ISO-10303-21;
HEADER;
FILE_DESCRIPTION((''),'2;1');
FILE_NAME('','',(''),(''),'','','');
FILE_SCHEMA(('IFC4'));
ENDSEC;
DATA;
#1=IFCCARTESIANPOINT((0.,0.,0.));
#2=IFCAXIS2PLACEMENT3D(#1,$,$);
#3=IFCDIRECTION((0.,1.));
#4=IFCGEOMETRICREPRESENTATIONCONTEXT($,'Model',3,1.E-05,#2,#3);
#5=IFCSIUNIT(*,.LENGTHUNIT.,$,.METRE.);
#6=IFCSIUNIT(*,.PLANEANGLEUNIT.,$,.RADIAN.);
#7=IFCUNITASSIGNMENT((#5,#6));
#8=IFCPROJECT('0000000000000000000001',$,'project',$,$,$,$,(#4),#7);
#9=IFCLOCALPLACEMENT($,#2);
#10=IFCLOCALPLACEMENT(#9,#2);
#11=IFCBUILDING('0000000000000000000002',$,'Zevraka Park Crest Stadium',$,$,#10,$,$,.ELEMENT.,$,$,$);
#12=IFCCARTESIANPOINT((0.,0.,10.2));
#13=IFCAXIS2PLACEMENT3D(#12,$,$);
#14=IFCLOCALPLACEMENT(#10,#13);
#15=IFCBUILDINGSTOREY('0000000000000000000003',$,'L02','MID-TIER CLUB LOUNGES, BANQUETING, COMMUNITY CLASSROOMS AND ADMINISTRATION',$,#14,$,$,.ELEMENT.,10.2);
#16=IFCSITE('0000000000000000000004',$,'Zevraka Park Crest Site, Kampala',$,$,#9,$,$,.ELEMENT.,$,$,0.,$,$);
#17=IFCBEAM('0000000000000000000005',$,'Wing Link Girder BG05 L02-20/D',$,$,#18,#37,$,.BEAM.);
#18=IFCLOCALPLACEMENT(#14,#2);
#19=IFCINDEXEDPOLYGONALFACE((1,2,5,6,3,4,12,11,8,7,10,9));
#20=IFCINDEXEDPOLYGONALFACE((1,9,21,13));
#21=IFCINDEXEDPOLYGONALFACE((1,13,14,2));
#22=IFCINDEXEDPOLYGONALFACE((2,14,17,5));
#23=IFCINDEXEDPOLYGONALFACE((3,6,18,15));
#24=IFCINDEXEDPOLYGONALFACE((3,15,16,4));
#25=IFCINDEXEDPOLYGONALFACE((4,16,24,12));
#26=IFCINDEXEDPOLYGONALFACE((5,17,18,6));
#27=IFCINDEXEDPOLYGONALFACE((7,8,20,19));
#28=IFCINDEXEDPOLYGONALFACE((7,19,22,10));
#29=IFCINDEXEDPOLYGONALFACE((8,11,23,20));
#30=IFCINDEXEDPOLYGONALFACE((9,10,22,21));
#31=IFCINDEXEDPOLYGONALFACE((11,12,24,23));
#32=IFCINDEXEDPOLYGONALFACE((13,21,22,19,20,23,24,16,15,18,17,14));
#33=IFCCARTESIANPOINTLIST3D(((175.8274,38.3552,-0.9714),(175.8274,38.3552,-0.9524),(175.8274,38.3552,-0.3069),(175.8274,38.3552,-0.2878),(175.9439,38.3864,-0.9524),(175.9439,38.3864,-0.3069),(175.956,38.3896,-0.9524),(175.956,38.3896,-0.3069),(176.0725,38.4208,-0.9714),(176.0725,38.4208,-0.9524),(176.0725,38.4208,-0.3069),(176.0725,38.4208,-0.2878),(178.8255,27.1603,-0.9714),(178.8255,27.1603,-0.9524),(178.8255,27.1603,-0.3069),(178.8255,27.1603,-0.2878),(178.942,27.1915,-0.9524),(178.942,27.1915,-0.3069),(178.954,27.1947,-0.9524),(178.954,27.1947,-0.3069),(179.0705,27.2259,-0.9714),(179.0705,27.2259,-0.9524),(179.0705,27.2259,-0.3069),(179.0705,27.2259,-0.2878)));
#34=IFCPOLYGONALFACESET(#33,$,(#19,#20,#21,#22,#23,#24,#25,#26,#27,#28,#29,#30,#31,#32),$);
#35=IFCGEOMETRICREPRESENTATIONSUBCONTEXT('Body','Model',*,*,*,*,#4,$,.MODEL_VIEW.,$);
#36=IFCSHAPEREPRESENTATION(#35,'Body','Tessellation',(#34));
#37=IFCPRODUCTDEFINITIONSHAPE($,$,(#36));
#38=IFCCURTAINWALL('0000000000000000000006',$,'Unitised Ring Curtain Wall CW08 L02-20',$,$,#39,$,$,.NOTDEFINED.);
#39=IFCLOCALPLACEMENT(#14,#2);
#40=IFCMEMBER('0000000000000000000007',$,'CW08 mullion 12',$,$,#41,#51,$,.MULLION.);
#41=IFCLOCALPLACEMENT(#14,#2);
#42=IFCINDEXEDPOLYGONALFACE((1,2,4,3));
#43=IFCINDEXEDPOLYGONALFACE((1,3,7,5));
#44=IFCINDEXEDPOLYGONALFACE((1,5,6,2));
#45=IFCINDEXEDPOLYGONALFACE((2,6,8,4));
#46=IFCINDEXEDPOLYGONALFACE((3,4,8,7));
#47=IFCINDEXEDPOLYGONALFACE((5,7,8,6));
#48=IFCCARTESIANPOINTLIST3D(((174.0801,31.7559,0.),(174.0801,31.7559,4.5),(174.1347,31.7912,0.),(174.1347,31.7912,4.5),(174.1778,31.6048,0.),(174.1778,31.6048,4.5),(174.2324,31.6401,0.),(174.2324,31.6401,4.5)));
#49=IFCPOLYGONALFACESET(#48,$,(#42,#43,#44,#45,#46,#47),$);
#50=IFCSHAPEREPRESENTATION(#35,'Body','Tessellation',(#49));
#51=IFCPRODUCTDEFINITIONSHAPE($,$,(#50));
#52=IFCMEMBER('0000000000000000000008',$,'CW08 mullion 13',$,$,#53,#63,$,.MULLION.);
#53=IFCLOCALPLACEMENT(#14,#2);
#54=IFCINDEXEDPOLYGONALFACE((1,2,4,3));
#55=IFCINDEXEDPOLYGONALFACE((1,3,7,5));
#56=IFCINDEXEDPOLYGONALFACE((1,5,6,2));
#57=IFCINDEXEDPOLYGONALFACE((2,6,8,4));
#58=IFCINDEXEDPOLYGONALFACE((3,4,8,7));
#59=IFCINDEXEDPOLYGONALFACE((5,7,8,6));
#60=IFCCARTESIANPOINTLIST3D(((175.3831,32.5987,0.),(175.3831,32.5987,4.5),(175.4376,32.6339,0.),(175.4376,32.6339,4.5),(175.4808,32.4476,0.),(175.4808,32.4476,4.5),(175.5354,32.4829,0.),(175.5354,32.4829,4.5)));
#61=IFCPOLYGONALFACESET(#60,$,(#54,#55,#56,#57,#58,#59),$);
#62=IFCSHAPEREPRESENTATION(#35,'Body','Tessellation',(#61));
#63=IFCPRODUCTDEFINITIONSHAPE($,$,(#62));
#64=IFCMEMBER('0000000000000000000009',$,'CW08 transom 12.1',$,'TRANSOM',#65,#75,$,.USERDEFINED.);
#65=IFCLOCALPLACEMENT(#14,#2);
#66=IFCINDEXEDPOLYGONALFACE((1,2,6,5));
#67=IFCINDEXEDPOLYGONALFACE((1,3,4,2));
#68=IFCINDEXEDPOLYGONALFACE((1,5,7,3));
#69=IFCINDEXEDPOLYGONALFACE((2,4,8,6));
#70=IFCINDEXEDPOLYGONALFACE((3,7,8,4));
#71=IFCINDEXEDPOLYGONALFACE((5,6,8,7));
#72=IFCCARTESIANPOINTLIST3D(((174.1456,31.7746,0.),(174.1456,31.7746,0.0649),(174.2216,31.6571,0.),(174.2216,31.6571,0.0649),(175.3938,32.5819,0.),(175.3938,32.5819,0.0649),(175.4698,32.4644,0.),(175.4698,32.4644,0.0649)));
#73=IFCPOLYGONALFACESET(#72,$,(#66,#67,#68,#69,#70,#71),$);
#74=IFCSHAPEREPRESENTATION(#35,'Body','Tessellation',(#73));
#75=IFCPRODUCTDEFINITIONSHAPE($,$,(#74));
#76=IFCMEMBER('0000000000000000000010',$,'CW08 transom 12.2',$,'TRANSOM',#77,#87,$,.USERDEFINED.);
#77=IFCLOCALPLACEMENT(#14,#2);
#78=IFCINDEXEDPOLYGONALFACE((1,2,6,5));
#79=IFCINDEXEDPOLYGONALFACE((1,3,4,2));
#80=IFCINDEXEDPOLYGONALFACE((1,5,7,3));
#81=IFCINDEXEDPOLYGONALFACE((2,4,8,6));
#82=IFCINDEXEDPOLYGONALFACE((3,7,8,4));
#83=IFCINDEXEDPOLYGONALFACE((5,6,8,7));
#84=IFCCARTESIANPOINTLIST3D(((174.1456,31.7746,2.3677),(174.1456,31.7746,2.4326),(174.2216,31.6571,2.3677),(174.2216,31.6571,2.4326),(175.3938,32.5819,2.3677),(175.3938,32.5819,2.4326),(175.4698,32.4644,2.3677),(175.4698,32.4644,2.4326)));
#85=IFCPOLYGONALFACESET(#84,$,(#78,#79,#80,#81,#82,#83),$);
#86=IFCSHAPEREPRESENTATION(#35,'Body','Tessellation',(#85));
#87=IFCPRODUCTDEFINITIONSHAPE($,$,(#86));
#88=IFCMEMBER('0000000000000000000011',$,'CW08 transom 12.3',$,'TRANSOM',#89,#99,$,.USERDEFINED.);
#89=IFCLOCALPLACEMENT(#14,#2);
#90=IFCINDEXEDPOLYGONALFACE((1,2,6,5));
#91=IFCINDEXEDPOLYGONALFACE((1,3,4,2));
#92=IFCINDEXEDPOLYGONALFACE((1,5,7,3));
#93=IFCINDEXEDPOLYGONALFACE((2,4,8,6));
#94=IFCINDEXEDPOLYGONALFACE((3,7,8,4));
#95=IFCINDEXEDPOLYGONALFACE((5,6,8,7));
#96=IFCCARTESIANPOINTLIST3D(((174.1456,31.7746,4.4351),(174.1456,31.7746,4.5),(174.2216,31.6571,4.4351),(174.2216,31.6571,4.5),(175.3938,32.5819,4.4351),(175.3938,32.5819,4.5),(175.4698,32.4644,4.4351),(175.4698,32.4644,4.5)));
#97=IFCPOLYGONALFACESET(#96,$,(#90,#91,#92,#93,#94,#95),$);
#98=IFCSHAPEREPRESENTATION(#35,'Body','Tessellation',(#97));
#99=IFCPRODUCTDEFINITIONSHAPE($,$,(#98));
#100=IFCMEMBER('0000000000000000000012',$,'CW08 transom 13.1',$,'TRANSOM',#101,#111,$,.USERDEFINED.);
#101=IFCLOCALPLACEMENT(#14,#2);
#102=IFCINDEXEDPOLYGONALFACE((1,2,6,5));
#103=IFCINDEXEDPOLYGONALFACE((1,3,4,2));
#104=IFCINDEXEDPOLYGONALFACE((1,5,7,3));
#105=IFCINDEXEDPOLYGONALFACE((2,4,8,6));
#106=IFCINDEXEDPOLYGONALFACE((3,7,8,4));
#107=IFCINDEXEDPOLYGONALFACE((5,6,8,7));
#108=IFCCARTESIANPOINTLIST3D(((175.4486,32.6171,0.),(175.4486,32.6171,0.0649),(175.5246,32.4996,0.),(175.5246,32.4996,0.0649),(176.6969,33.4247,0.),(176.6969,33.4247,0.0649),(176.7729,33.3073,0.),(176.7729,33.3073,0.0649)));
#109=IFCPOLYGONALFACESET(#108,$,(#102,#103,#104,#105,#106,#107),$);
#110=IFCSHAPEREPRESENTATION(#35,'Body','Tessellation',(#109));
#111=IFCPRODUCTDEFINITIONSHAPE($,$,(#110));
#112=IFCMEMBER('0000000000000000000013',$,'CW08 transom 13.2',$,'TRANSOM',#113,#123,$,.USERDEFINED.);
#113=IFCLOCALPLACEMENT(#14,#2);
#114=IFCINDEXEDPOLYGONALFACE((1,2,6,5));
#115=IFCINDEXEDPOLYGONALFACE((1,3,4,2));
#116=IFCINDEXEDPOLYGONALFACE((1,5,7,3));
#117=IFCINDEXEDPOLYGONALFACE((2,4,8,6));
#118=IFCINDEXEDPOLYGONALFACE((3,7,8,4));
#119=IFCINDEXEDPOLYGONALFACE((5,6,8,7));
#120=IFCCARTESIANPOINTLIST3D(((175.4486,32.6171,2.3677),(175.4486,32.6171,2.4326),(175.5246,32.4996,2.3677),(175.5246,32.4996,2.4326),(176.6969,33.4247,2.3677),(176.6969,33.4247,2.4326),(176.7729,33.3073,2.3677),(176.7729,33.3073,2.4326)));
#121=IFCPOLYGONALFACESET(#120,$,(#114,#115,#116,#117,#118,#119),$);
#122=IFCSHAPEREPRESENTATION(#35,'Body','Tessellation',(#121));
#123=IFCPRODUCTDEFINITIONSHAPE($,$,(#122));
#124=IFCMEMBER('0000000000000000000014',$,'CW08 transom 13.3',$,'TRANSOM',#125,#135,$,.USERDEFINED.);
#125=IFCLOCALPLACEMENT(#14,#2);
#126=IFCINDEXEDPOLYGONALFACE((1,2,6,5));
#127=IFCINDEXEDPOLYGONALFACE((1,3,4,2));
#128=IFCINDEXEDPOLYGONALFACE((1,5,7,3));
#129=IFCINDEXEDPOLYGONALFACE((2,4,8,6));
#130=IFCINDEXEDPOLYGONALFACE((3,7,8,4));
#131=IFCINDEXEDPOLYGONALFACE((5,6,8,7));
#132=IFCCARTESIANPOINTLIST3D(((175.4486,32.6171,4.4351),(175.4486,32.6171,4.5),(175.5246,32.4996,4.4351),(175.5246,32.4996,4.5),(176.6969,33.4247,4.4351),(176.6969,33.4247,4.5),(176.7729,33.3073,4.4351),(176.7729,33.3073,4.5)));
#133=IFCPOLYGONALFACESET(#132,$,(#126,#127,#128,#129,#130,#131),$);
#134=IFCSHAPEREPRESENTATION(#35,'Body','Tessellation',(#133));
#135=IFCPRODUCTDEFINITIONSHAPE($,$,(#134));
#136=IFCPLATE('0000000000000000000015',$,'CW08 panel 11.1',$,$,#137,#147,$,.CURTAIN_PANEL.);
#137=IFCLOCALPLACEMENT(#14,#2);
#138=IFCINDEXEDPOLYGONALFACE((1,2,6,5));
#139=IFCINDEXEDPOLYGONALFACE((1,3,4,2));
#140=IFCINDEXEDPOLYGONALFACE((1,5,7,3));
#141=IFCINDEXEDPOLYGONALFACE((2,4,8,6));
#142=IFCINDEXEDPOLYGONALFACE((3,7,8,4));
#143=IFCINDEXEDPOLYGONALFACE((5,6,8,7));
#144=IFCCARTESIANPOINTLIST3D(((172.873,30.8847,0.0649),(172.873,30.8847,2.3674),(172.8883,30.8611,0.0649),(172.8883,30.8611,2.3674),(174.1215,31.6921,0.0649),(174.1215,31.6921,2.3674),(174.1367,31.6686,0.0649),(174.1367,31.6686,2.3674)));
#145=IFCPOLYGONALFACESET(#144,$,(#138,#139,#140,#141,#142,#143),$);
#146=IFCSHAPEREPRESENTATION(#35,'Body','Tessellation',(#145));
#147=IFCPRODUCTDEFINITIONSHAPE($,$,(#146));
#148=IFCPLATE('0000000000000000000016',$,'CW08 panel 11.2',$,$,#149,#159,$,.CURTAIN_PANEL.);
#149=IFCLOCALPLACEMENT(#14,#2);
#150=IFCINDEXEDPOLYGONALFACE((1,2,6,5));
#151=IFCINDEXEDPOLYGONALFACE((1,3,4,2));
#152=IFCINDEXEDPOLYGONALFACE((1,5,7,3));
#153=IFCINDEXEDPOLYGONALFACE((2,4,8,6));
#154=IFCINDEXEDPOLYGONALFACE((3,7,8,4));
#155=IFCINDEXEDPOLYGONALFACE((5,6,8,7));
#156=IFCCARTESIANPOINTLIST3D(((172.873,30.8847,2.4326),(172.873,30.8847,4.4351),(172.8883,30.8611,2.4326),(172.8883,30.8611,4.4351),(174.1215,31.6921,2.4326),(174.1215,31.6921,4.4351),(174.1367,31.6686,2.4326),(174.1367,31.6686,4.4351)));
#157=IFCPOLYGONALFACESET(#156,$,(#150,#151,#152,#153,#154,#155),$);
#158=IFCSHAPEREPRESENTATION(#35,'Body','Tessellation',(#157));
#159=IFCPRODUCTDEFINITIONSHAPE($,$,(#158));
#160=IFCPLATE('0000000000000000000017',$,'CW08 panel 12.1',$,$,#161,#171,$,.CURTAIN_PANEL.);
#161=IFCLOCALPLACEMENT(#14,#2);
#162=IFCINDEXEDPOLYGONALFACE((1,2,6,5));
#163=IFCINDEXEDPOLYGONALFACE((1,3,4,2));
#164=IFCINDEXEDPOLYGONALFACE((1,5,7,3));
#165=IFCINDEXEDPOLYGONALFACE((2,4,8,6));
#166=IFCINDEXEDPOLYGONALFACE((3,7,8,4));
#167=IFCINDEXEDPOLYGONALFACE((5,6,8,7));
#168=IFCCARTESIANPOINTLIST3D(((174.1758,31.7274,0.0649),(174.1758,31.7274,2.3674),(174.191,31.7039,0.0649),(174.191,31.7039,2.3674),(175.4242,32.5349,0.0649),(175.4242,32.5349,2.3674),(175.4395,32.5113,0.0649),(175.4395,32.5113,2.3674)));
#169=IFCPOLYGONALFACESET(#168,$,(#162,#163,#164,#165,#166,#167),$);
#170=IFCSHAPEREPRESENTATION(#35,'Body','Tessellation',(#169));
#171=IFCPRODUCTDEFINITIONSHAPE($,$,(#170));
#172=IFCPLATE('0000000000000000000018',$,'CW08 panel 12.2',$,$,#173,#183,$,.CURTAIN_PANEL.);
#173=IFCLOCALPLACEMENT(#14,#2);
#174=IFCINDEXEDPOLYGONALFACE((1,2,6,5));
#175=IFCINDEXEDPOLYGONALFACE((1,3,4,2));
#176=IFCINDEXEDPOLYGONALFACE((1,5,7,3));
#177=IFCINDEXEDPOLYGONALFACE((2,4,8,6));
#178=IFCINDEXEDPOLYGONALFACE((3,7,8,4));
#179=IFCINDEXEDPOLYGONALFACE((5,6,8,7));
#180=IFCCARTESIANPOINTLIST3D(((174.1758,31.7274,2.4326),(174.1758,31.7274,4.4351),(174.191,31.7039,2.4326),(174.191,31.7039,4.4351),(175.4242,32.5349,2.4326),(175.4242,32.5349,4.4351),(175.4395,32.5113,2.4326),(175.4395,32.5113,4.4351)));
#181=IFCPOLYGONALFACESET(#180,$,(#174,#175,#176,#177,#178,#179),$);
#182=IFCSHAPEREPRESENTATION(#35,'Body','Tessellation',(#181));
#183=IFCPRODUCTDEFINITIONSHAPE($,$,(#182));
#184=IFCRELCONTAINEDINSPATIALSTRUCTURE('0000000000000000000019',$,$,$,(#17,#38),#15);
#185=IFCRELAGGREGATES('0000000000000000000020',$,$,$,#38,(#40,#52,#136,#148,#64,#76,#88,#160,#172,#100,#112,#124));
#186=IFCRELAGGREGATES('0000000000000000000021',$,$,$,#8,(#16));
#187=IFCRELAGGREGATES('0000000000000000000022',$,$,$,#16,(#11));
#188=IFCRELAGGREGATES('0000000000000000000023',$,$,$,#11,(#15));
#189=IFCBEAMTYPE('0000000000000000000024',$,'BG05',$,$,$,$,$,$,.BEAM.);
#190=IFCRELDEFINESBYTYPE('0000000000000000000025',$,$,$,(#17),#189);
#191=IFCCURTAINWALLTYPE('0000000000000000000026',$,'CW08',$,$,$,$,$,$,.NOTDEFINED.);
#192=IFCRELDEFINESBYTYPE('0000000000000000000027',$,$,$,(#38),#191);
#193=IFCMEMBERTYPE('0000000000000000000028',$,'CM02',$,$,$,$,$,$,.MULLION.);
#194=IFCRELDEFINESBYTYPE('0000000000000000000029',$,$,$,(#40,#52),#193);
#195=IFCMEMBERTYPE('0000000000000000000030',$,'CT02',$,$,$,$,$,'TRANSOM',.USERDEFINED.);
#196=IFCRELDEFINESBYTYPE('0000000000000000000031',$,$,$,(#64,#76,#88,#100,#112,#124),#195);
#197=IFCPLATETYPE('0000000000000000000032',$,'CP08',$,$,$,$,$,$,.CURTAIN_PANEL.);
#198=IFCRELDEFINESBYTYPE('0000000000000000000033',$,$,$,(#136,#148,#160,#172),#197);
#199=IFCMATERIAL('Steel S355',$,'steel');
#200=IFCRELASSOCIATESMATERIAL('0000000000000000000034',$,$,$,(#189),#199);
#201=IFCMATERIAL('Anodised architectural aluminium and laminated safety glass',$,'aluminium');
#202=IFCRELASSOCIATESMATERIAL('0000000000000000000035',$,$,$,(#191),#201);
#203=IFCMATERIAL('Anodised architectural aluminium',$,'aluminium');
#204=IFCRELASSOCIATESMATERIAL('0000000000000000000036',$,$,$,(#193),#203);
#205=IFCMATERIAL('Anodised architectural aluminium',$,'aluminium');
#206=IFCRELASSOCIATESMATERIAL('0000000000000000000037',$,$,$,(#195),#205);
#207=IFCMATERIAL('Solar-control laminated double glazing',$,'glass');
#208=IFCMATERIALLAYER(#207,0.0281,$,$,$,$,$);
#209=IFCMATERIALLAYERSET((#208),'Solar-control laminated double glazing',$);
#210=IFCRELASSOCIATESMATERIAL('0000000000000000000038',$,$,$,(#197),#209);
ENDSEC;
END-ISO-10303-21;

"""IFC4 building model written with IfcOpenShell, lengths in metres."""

from ifc_helpers import new_model, si_unit, direction, frame, origin, origin_2d, place, context, subcontext, project, spatial, rectangle, i_section, extrude, material, layer, layer_set, material_profile, profile_set, type_object, element, aggregate, save


model = new_model("IFC4")

# Units and contexts
model_context = context("Model", 3, precision=1e-05, world=origin(), true_north=direction((0.0, 1.0)))
body_context = subcontext(model_context, "Body", "Model", "MODEL_VIEW")
ifc_project = project(units=[si_unit("LENGTHUNIT", "METRE"), si_unit("PLANEANGLEUNIT", "RADIAN")], contexts=[model_context])

# Site, building, storey
site_placement = place(None, origin())
site = spatial("IfcSite", under=ifc_project, at=site_placement, Name="Zevraka Park Crest Site, Kampala", CompositionType="ELEMENT", RefElevation=0.0)
building_placement = place(site_placement, origin())
building = spatial("IfcBuilding", under=site, at=building_placement, Name="Zevraka Park Crest Stadium", CompositionType="ELEMENT")
storey_placement = place(building_placement, frame((0.0, 0.0, 10.2)))
storey = spatial("IfcBuildingStorey", under=building, at=storey_placement, Name="L02", Description="MID-TIER CLUB LOUNGES, BANQUETING, COMMUNITY CLASSROOMS AND ADMINISTRATION", CompositionType="ELEMENT", Elevation=10.2)

# Beam
ifc_material_1 = material(Name="Steel S355", Category="steel")
ifc_material_profile_1 = material_profile(ifc_material_1, i_section(OverallWidth=0.2537, OverallDepth=0.6836, WebThickness=0.0125, FlangeThickness=0.019, at=origin_2d()), Name="UKB 686x254x140")
ifc_profile_set_1 = profile_set([ifc_material_profile_1], Name="Steel S355")
beam_type = type_object("IfcBeamType", Name="BG05", PredefinedType="BEAM", material=ifc_profile_set_1)
beam_placement = place(storey_placement, frame((178.948, 27.1931, -0.6296), z_axis=(-0.25869, 0.96596, 0.0), x_axis=(-0.96596, -0.25869, 0.0)))
element("IfcBeam", 1, at=beam_placement, inside=storey, type_object=beam_type, Name="Wing Link Girder BG05 L02-20/D", PredefinedType="BEAM", context=body_context, shape_type="SweptSolid", body=[
    extrude(i_section(OverallWidth=0.2537, OverallDepth=0.6836, WebThickness=0.0125, FlangeThickness=0.019, at=origin_2d()), origin(), (0.0, 0.0, 1.0), 11.5894),
])

# Curtain wall, members, plates
ifc_material_2 = material(Name="Anodised architectural aluminium and laminated safety glass", Category="aluminium")
curtain_wall_type = type_object("IfcCurtainWallType", Name="CW08", PredefinedType="NOTDEFINED", material=ifc_material_2)
curtain_wall_placement = place(storey_placement, origin())
curtain_wall = element("IfcCurtainWall", 2, at=curtain_wall_placement, inside=storey, type_object=curtain_wall_type, Name="Unitised Ring Curtain Wall CW08 L02-20", PredefinedType="NOTDEFINED")
ifc_material_3 = material(Name="Anodised architectural aluminium", Category="aluminium")
ifc_material_profile_2 = material_profile(ifc_material_3, rectangle(XDim=0.1799, YDim=0.0649, at=origin_2d()), Name="ALU MULLION 180x65")
ifc_profile_set_2 = profile_set([ifc_material_profile_2], Name="Anodised architectural aluminium")
member_type_1 = type_object("IfcMemberType", Name="CM02", PredefinedType="MULLION", material=ifc_profile_set_2)
member_1_placement = place(storey_placement, frame((174.1562, 31.698, 0.0), z_axis=(0.0, 0.0, 1.0), x_axis=(-0.543096, 0.83967, 0.0)))
member_1 = element("IfcMember", 3, at=member_1_placement, type_object=member_type_1, Name="CW08 mullion 12", PredefinedType="MULLION", context=body_context, shape_type="SweptSolid", body=[
    extrude(rectangle(XDim=0.1799, YDim=0.0649, at=origin_2d()), origin(), (0.0, 0.0, 1.0), 4.5),
])
member_2_placement = place(storey_placement, frame((175.4592, 32.5408, 0.0), z_axis=(0.0, 0.0, 1.0), x_axis=(-0.543096, 0.83967, 0.0)))
member_2 = element("IfcMember", 4, at=member_2_placement, type_object=member_type_1, Name="CW08 mullion 13", PredefinedType="MULLION", context=body_context, shape_type="SweptSolid", body=[
    extrude(rectangle(XDim=0.1799, YDim=0.0649, at=origin_2d()), origin(), (0.0, 0.0, 1.0), 4.5),
])
ifc_material_4 = material(Name="Anodised architectural aluminium", Category="aluminium")
ifc_material_profile_3 = material_profile(ifc_material_4, rectangle(XDim=0.1399, YDim=0.0649, at=origin_2d()), Name="ALU TRANSOM 140x65")
ifc_profile_set_3 = profile_set([ifc_material_profile_3], Name="Anodised architectural aluminium")
member_type_2 = type_object("IfcMemberType", Name="CT02", ElementType="TRANSOM", PredefinedType="USERDEFINED", material=ifc_profile_set_3)
member_3_placement = place(storey_placement, frame((174.1836, 31.7158, 0.0325), z_axis=(0.839676, 0.543088, 0.0), x_axis=(-0.543088, 0.839676, 0.0)))
member_3 = element("IfcMember", 5, at=member_3_placement, type_object=member_type_2, Name="CW08 transom 12.1", ObjectType="TRANSOM", PredefinedType="USERDEFINED", context=body_context, shape_type="SweptSolid", body=[
    extrude(rectangle(XDim=0.1399, YDim=0.0649, at=origin_2d()), origin(), (0.0, 0.0, 1.0), 1.4866),
])
member_4_placement = place(storey_placement, frame((174.1836, 31.7158, 2.4001), z_axis=(0.839676, 0.543088, 0.0), x_axis=(-0.543088, 0.839676, 0.0)))
member_4 = element("IfcMember", 6, at=member_4_placement, type_object=member_type_2, Name="CW08 transom 12.2", ObjectType="TRANSOM", PredefinedType="USERDEFINED", context=body_context, shape_type="SweptSolid", body=[
    extrude(rectangle(XDim=0.1399, YDim=0.0649, at=origin_2d()), origin(), (0.0, 0.0, 1.0), 1.4866),
])
member_5_placement = place(storey_placement, frame((174.1836, 31.7158, 4.4675), z_axis=(0.839676, 0.543088, 0.0), x_axis=(-0.543088, 0.839676, 0.0)))
member_5 = element("IfcMember", 7, at=member_5_placement, type_object=member_type_2, Name="CW08 transom 12.3", ObjectType="TRANSOM", PredefinedType="USERDEFINED", context=body_context, shape_type="SweptSolid", body=[
    extrude(rectangle(XDim=0.1399, YDim=0.0649, at=origin_2d()), origin(), (0.0, 0.0, 1.0), 1.4866),
])
member_6_placement = place(storey_placement, frame((175.4866, 32.5583, 0.0325), z_axis=(0.839601, 0.543204, 0.0), x_axis=(-0.543204, 0.839601, 0.0)))
member_6 = element("IfcMember", 8, at=member_6_placement, type_object=member_type_2, Name="CW08 transom 13.1", ObjectType="TRANSOM", PredefinedType="USERDEFINED", context=body_context, shape_type="SweptSolid", body=[
    extrude(rectangle(XDim=0.1399, YDim=0.0649, at=origin_2d()), origin(), (0.0, 0.0, 1.0), 1.4868),
])
member_7_placement = place(storey_placement, frame((175.4866, 32.5583, 2.4001), z_axis=(0.839601, 0.543204, 0.0), x_axis=(-0.543204, 0.839601, 0.0)))
member_7 = element("IfcMember", 9, at=member_7_placement, type_object=member_type_2, Name="CW08 transom 13.2", ObjectType="TRANSOM", PredefinedType="USERDEFINED", context=body_context, shape_type="SweptSolid", body=[
    extrude(rectangle(XDim=0.1399, YDim=0.0649, at=origin_2d()), origin(), (0.0, 0.0, 1.0), 1.4868),
])
member_8_placement = place(storey_placement, frame((175.4866, 32.5583, 4.4675), z_axis=(0.839601, 0.543204, 0.0), x_axis=(-0.543204, 0.839601, 0.0)))
member_8 = element("IfcMember", 10, at=member_8_placement, type_object=member_type_2, Name="CW08 transom 13.3", ObjectType="TRANSOM", PredefinedType="USERDEFINED", context=body_context, shape_type="SweptSolid", body=[
    extrude(rectangle(XDim=0.1399, YDim=0.0649, at=origin_2d()), origin(), (0.0, 0.0, 1.0), 1.4868),
])
ifc_material_5 = material(Name="Solar-control laminated double glazing", Category="glass")
ifc_layer_1 = layer(ifc_material_5, 0.0281)
ifc_layer_set_1 = layer_set([ifc_layer_1], Name="Solar-control laminated double glazing")
plate_type = type_object("IfcPlateType", Name="CP08", PredefinedType="CURTAIN_PANEL", material=ifc_layer_set_1)
plate_1_placement = place(storey_placement, frame((173.5049, 31.2766, 0.0649), z_axis=(0.0, 0.0, 1.0), x_axis=(0.83967, 0.543096, 0.0)))
plate_1 = element("IfcPlate", 11, at=plate_1_placement, type_object=plate_type, Name="CW08 panel 11.1", PredefinedType="CURTAIN_PANEL", context=body_context, shape_type="SweptSolid", body=[
    extrude(rectangle(XDim=1.4868, YDim=0.0281, at=origin_2d()), origin(), (0.0, 0.0, 1.0), 2.3025),
])
plate_2_placement = place(storey_placement, frame((173.5049, 31.2766, 2.4326), z_axis=(0.0, 0.0, 1.0), x_axis=(0.83967, 0.543096, 0.0)))
plate_2 = element("IfcPlate", 12, at=plate_2_placement, type_object=plate_type, Name="CW08 panel 11.2", PredefinedType="CURTAIN_PANEL", context=body_context, shape_type="SweptSolid", body=[
    extrude(rectangle(XDim=1.4868, YDim=0.0281, at=origin_2d()), origin(), (0.0, 0.0, 1.0), 2.0024),
])
plate_3_placement = place(storey_placement, frame((174.8076, 32.1194, 0.0649), z_axis=(0.0, 0.0, 1.0), x_axis=(0.83967, 0.543096, 0.0)))
plate_3 = element("IfcPlate", 13, at=plate_3_placement, type_object=plate_type, Name="CW08 panel 12.1", PredefinedType="CURTAIN_PANEL", context=body_context, shape_type="SweptSolid", body=[
    extrude(rectangle(XDim=1.4868, YDim=0.0281, at=origin_2d()), origin(), (0.0, 0.0, 1.0), 2.3025),
])
plate_4_placement = place(storey_placement, frame((174.8076, 32.1194, 2.4326), z_axis=(0.0, 0.0, 1.0), x_axis=(0.83967, 0.543096, 0.0)))
plate_4 = element("IfcPlate", 14, at=plate_4_placement, type_object=plate_type, Name="CW08 panel 12.2", PredefinedType="CURTAIN_PANEL", context=body_context, shape_type="SweptSolid", body=[
    extrude(rectangle(XDim=1.4868, YDim=0.0281, at=origin_2d()), origin(), (0.0, 0.0, 1.0), 2.0024),
])
aggregate(curtain_wall, [member_1, member_2, plate_1, plate_2, member_3, member_4, member_5, plate_3, plate_4, member_6, member_7, member_8])

save(model, "model.ifc")
